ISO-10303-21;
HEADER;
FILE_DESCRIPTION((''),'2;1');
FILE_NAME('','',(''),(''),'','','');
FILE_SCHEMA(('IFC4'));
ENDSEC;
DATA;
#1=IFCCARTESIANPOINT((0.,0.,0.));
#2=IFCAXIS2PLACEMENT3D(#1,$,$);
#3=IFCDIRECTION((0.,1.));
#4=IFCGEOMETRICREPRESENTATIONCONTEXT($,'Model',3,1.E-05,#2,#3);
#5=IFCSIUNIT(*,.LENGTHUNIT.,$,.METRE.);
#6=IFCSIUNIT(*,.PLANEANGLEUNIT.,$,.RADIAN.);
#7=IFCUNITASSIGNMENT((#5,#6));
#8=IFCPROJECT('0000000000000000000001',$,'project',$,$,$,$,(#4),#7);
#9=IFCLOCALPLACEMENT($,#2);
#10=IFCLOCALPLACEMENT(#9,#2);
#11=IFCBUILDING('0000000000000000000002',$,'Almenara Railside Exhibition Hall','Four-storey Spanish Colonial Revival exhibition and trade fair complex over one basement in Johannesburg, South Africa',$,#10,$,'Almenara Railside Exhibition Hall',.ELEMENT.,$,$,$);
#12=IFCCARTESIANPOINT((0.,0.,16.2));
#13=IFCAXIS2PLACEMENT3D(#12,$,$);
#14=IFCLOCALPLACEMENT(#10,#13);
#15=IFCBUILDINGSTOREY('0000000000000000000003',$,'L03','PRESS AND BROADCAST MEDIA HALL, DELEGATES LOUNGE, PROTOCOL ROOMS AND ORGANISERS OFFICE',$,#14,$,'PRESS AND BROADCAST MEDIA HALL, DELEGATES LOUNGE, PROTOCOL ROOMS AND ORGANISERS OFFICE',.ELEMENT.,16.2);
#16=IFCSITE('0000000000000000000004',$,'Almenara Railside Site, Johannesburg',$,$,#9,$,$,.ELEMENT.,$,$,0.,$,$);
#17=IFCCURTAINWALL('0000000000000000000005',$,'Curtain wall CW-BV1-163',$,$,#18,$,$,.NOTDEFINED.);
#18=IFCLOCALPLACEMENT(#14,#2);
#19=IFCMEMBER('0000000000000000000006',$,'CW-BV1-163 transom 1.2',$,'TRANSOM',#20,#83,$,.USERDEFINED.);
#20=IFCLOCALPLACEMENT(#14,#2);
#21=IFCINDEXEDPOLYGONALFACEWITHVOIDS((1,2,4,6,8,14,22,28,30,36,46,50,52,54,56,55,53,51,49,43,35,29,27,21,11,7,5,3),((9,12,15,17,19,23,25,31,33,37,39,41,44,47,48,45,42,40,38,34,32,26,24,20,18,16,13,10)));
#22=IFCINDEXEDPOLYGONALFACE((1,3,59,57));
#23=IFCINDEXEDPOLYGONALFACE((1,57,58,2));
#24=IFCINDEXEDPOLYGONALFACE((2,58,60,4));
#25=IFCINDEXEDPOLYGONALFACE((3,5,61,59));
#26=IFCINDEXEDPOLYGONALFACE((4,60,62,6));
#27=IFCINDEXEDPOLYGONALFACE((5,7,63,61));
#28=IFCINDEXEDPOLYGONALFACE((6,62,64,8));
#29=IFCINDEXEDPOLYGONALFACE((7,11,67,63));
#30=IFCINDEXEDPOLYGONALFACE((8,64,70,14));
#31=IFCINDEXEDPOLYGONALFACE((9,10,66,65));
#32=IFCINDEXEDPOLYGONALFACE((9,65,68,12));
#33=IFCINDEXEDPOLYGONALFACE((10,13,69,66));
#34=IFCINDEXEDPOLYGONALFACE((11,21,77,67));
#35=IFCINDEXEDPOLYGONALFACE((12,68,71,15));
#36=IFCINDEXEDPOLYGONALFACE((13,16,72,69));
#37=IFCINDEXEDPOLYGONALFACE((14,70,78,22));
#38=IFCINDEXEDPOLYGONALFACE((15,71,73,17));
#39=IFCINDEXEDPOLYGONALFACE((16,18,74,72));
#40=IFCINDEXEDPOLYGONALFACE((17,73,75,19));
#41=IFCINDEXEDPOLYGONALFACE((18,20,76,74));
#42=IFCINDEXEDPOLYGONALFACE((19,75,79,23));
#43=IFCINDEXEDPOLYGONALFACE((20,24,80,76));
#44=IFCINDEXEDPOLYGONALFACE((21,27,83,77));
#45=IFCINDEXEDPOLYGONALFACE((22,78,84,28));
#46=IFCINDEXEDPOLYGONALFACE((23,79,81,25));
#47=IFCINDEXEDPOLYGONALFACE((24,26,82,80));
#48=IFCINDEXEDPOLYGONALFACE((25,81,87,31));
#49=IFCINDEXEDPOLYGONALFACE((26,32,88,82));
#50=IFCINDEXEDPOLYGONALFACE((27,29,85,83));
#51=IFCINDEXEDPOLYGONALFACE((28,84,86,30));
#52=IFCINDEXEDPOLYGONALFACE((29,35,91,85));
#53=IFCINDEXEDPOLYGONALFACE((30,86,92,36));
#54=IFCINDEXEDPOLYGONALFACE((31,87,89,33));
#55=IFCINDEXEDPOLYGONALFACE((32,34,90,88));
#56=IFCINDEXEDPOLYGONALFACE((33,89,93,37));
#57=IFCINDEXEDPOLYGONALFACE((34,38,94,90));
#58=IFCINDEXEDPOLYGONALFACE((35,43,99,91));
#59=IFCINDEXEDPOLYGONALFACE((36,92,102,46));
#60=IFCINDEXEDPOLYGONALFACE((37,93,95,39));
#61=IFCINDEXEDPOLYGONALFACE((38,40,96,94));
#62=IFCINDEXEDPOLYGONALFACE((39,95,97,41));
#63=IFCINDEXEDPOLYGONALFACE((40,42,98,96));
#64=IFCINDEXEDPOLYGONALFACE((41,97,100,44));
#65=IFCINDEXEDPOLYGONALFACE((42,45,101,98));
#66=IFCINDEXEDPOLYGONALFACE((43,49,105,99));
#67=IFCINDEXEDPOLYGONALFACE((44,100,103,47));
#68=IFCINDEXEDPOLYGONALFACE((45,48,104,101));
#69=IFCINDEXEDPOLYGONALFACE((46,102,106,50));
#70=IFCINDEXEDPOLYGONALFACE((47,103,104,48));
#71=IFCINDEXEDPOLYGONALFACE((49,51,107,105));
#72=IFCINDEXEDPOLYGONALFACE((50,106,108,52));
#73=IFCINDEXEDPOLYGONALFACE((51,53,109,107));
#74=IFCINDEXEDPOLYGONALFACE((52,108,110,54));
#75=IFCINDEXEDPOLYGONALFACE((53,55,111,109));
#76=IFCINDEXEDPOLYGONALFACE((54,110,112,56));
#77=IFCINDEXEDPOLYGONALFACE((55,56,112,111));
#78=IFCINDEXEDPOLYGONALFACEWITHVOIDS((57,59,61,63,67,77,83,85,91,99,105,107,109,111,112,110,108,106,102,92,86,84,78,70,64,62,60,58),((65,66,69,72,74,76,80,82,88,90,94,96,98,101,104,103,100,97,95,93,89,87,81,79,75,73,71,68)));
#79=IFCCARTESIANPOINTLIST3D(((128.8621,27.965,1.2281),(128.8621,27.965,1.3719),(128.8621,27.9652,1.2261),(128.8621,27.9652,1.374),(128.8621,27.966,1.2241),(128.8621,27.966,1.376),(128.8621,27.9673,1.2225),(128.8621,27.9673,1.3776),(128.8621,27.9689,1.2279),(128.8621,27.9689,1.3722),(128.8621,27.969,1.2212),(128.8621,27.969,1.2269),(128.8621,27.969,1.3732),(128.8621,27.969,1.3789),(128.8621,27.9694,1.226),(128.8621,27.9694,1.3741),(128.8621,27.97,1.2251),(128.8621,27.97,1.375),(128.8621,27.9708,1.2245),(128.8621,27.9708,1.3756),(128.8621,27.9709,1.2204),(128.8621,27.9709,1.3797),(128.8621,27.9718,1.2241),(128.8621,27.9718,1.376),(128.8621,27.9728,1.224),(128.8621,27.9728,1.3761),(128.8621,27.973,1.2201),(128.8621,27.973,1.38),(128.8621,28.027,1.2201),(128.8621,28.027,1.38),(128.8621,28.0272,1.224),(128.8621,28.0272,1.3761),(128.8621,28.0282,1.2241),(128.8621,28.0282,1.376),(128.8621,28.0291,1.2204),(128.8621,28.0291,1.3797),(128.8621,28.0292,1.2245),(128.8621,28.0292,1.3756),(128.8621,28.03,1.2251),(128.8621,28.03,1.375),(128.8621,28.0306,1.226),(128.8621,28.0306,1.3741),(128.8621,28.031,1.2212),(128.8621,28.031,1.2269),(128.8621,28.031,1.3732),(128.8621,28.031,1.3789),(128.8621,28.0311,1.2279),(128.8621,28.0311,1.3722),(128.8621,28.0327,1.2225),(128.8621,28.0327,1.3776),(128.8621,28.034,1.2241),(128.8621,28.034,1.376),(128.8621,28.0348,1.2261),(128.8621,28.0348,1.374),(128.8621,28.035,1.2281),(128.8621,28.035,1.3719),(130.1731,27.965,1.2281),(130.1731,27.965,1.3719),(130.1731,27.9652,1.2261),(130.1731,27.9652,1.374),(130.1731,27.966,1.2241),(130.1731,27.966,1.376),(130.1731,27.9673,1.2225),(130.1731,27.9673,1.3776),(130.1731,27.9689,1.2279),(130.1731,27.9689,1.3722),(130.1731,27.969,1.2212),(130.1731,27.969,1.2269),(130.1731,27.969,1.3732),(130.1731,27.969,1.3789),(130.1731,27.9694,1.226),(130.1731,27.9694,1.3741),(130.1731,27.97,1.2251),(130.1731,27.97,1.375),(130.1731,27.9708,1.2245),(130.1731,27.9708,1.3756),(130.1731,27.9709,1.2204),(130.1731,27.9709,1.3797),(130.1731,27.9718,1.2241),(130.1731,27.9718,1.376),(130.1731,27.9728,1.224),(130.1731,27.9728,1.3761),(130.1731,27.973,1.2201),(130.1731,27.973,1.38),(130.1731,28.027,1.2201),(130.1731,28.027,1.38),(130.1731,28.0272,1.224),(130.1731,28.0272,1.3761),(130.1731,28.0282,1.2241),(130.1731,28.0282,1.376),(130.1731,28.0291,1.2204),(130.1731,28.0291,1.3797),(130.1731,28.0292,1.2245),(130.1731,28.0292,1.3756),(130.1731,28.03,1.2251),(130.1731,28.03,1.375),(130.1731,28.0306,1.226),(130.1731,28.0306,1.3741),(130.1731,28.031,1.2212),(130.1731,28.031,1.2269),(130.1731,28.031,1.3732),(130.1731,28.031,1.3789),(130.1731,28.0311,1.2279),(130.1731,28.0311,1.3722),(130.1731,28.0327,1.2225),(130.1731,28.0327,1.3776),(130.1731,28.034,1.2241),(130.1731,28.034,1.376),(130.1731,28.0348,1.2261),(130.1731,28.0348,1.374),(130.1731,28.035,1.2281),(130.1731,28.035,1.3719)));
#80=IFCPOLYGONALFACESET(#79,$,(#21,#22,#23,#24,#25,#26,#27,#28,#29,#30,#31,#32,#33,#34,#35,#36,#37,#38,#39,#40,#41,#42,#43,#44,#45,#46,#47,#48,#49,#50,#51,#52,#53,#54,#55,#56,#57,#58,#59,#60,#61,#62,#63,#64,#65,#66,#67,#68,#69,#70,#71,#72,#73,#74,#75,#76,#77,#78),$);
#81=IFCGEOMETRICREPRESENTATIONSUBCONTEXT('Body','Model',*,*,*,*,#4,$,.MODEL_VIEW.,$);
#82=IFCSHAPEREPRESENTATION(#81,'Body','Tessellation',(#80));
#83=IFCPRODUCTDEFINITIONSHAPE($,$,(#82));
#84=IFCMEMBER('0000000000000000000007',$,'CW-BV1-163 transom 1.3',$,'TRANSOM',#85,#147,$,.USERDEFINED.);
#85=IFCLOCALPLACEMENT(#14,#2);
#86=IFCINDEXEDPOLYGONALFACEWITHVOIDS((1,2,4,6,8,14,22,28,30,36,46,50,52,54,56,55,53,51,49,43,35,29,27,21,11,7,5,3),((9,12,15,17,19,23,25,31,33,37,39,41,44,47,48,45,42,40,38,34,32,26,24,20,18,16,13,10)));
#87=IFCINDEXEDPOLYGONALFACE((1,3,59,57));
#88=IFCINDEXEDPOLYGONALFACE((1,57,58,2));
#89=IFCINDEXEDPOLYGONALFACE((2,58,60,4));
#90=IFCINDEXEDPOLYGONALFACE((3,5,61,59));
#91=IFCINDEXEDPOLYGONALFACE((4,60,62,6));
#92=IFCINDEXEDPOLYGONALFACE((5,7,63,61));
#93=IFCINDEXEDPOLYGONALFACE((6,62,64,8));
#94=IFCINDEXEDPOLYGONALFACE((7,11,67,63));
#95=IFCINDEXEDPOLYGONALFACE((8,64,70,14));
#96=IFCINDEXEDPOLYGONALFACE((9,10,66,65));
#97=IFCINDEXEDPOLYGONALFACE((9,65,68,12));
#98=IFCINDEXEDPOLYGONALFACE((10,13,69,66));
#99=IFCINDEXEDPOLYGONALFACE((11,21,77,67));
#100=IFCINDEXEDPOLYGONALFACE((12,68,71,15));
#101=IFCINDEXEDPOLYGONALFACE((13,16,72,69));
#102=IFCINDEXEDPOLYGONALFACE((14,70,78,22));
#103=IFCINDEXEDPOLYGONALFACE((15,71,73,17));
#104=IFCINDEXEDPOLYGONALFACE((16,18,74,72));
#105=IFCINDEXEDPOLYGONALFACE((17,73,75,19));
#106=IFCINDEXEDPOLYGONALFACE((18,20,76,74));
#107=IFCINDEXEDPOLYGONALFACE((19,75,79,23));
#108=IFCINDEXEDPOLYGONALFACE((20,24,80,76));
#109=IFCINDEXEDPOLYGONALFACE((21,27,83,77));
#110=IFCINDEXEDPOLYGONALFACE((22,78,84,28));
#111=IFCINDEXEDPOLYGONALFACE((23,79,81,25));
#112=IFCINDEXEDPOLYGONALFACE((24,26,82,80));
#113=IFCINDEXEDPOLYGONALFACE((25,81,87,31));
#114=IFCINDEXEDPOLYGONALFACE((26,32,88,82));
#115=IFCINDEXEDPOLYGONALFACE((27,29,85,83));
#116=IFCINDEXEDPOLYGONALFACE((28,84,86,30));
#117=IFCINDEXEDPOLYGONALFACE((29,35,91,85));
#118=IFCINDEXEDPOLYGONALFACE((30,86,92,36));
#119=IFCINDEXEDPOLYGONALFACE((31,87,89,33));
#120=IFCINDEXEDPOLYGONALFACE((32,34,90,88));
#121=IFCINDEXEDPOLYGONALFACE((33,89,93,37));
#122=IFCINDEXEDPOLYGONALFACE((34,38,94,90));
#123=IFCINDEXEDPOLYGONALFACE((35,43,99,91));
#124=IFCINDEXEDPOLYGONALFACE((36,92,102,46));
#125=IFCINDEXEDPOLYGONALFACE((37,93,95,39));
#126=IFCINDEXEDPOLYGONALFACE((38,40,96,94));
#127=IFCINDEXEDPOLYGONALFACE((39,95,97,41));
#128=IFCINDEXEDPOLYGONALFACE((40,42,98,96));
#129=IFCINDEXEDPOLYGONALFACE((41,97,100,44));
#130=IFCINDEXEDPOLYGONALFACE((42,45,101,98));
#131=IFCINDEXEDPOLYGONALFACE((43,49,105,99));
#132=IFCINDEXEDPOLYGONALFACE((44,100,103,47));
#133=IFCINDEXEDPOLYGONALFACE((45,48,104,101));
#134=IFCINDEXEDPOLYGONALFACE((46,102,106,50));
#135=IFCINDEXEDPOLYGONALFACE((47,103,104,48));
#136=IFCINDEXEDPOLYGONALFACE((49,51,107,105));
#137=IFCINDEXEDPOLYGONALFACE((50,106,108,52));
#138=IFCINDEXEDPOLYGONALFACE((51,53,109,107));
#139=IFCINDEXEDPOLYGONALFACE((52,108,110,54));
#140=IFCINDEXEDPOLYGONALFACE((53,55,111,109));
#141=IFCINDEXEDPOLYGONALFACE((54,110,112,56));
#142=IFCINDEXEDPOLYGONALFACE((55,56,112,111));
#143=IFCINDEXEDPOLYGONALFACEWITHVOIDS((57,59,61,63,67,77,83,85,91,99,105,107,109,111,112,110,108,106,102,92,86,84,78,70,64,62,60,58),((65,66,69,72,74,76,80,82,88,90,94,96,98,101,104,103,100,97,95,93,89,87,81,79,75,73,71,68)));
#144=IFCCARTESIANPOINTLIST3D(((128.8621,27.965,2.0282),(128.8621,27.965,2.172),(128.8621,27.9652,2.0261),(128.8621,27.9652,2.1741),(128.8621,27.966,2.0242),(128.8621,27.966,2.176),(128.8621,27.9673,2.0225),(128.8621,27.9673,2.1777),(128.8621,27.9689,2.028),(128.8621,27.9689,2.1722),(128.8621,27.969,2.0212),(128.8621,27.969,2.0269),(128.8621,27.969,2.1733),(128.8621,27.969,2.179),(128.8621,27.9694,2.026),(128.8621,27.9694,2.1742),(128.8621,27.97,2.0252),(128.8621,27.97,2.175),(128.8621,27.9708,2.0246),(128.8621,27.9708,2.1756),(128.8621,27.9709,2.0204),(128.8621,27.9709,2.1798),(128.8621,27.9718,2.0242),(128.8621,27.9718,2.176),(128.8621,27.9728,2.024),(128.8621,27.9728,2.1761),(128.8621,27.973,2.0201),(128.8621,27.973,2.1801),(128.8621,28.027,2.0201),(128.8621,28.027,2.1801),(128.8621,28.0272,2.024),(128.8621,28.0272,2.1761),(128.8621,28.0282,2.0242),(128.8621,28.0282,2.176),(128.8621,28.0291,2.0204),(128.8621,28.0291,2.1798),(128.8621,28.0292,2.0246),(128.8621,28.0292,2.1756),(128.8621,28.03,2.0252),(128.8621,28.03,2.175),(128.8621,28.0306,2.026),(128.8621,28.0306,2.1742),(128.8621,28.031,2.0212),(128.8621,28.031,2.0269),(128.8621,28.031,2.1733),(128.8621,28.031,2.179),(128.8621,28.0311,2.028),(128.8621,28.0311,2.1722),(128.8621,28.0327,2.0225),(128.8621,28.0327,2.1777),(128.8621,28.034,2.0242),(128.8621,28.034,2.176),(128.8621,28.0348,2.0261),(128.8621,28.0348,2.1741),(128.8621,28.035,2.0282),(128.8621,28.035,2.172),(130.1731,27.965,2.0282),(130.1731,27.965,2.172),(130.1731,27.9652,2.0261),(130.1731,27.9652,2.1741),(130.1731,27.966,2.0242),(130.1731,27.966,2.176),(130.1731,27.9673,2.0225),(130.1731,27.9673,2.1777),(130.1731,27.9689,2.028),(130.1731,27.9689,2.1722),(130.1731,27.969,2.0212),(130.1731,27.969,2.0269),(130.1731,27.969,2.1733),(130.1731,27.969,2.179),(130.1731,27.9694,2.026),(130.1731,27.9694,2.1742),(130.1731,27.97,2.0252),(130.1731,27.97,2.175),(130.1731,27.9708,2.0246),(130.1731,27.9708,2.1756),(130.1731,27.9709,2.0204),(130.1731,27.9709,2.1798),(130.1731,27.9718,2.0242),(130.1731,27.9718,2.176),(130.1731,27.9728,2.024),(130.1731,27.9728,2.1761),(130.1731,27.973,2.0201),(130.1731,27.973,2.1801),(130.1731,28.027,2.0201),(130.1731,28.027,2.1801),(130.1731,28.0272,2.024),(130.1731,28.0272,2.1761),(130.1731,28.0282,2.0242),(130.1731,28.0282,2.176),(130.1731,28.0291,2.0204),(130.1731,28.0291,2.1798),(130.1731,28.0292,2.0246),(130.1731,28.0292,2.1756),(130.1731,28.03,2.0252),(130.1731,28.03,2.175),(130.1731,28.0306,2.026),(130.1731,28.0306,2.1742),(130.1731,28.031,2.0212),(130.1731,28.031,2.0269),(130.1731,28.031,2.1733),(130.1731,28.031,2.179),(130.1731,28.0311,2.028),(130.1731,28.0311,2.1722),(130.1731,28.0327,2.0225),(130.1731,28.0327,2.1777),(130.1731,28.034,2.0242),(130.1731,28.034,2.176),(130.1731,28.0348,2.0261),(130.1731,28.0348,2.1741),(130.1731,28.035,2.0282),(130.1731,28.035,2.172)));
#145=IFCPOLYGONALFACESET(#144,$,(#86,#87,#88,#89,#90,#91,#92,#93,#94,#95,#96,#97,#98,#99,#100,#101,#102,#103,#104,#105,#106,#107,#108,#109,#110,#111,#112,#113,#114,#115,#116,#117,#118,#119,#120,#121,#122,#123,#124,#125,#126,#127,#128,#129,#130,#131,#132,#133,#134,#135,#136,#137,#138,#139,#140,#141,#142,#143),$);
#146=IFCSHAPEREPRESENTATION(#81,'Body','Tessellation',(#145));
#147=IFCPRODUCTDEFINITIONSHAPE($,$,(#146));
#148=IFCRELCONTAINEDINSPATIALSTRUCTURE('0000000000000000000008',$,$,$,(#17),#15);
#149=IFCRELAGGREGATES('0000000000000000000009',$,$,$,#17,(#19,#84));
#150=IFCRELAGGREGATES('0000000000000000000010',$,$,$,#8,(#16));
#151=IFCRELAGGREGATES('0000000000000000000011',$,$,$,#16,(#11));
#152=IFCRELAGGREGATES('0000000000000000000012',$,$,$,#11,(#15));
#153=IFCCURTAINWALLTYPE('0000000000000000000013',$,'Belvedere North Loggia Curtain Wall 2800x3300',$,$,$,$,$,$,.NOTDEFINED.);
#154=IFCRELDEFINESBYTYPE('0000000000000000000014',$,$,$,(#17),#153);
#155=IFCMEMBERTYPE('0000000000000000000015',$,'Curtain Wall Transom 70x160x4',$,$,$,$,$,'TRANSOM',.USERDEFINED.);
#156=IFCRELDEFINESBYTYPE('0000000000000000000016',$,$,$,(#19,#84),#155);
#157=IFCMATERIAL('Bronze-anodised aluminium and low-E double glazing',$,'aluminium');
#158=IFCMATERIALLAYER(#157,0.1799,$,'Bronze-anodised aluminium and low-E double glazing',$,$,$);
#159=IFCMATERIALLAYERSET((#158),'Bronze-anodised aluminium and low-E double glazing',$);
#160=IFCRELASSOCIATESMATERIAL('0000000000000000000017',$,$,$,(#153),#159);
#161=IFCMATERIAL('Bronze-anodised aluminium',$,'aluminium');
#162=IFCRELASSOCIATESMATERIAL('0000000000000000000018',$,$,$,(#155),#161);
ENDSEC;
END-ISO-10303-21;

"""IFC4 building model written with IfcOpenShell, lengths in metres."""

from ifc_helpers import new_model, si_unit, direction, frame, origin, origin_2d, place, context, subcontext, project, spatial, hollow_rectangle, extrude, material, layer, layer_set, material_profile, profile_set, type_object, element, aggregate, save


model = new_model("IFC4")

# Units and contexts
model_context = context("Model", 3, precision=1e-05, world=origin(), true_north=direction((0.0, 1.0)))
body_context = subcontext(model_context, "Body", "Model", "MODEL_VIEW")
ifc_project = project(units=[si_unit("LENGTHUNIT", "METRE"), si_unit("PLANEANGLEUNIT", "RADIAN")], contexts=[model_context])

# Site, building, storey
site_placement = place(None, origin())
site = spatial("IfcSite", under=ifc_project, at=site_placement, Name="Almenara Railside Site, Johannesburg", CompositionType="ELEMENT", RefElevation=0.0)
building_placement = place(site_placement, origin())
building = spatial("IfcBuilding", under=site, at=building_placement, Name="Almenara Railside Exhibition Hall", Description="Four-storey Spanish Colonial Revival exhibition and trade fair complex over one basement in Johannesburg, South Africa", LongName="Almenara Railside Exhibition Hall", CompositionType="ELEMENT")
storey_placement = place(building_placement, frame((0.0, 0.0, 16.2)))
storey = spatial("IfcBuildingStorey", under=building, at=storey_placement, Name="L03", Description="PRESS AND BROADCAST MEDIA HALL, DELEGATES LOUNGE, PROTOCOL ROOMS AND ORGANISERS OFFICE", LongName="PRESS AND BROADCAST MEDIA HALL, DELEGATES LOUNGE, PROTOCOL ROOMS AND ORGANISERS OFFICE", CompositionType="ELEMENT", Elevation=16.2)

# Curtain wall, members
ifc_material_1 = material(Name="Bronze-anodised aluminium and low-E double glazing", Category="aluminium")
ifc_layer_1 = layer(ifc_material_1, 0.1799, Name="Bronze-anodised aluminium and low-E double glazing")
ifc_layer_set_1 = layer_set([ifc_layer_1], Name="Bronze-anodised aluminium and low-E double glazing")
curtain_wall_type = type_object("IfcCurtainWallType", Name="Belvedere North Loggia Curtain Wall 2800x3300", PredefinedType="NOTDEFINED", material=ifc_layer_set_1)
curtain_wall_placement = place(storey_placement, origin())
curtain_wall = element("IfcCurtainWall", 1, at=curtain_wall_placement, inside=storey, type_object=curtain_wall_type, Name="Curtain wall CW-BV1-163", PredefinedType="NOTDEFINED")
ifc_material_2 = material(Name="Bronze-anodised aluminium", Category="aluminium")
ifc_material_profile_1 = material_profile(ifc_material_2, hollow_rectangle(XDim=0.0701, YDim=0.1599, WallThickness=0.0039, InnerFilletRadius=0.0039, OuterFilletRadius=0.0081, at=origin_2d()), Name="ALU-TRN 70x160x4")
ifc_profile_set_1 = profile_set([ifc_material_profile_1], Name="Bronze-anodised aluminium")
member_type_1 = type_object("IfcMemberType", Name="Curtain Wall Transom 70x160x4", ElementType="TRANSOM", PredefinedType="USERDEFINED", material=ifc_profile_set_1)
member_1_placement = place(storey_placement, frame((128.8621, 28.0, 1.3), z_axis=(1.0, 0.0, 0.0), x_axis=(0.0, 1.0, 0.0)))
member_1 = element("IfcMember", 2, at=member_1_placement, type_object=member_type_1, Name="CW-BV1-163 transom 1.2", ObjectType="TRANSOM", PredefinedType="USERDEFINED", context=body_context, shape_type="SweptSolid", body=[
    extrude(hollow_rectangle(XDim=0.0701, YDim=0.1599, WallThickness=0.0039, InnerFilletRadius=0.0039, OuterFilletRadius=0.0081, at=origin_2d()), origin(), (0.0, 0.0, 1.0), 1.311),
])
member_2_placement = place(storey_placement, frame((128.8621, 28.0, 2.1001), z_axis=(1.0, 0.0, 0.0), x_axis=(0.0, 1.0, 0.0)))
member_2 = element("IfcMember", 3, at=member_2_placement, type_object=member_type_1, Name="CW-BV1-163 transom 1.3", ObjectType="TRANSOM", PredefinedType="USERDEFINED", context=body_context, shape_type="SweptSolid", body=[
    extrude(hollow_rectangle(XDim=0.0701, YDim=0.1599, WallThickness=0.0039, InnerFilletRadius=0.0039, OuterFilletRadius=0.0081, at=origin_2d()), origin(), (0.0, 0.0, 1.0), 1.311),
])
aggregate(curtain_wall, [member_1, member_2])

save(model, "model.ifc")
